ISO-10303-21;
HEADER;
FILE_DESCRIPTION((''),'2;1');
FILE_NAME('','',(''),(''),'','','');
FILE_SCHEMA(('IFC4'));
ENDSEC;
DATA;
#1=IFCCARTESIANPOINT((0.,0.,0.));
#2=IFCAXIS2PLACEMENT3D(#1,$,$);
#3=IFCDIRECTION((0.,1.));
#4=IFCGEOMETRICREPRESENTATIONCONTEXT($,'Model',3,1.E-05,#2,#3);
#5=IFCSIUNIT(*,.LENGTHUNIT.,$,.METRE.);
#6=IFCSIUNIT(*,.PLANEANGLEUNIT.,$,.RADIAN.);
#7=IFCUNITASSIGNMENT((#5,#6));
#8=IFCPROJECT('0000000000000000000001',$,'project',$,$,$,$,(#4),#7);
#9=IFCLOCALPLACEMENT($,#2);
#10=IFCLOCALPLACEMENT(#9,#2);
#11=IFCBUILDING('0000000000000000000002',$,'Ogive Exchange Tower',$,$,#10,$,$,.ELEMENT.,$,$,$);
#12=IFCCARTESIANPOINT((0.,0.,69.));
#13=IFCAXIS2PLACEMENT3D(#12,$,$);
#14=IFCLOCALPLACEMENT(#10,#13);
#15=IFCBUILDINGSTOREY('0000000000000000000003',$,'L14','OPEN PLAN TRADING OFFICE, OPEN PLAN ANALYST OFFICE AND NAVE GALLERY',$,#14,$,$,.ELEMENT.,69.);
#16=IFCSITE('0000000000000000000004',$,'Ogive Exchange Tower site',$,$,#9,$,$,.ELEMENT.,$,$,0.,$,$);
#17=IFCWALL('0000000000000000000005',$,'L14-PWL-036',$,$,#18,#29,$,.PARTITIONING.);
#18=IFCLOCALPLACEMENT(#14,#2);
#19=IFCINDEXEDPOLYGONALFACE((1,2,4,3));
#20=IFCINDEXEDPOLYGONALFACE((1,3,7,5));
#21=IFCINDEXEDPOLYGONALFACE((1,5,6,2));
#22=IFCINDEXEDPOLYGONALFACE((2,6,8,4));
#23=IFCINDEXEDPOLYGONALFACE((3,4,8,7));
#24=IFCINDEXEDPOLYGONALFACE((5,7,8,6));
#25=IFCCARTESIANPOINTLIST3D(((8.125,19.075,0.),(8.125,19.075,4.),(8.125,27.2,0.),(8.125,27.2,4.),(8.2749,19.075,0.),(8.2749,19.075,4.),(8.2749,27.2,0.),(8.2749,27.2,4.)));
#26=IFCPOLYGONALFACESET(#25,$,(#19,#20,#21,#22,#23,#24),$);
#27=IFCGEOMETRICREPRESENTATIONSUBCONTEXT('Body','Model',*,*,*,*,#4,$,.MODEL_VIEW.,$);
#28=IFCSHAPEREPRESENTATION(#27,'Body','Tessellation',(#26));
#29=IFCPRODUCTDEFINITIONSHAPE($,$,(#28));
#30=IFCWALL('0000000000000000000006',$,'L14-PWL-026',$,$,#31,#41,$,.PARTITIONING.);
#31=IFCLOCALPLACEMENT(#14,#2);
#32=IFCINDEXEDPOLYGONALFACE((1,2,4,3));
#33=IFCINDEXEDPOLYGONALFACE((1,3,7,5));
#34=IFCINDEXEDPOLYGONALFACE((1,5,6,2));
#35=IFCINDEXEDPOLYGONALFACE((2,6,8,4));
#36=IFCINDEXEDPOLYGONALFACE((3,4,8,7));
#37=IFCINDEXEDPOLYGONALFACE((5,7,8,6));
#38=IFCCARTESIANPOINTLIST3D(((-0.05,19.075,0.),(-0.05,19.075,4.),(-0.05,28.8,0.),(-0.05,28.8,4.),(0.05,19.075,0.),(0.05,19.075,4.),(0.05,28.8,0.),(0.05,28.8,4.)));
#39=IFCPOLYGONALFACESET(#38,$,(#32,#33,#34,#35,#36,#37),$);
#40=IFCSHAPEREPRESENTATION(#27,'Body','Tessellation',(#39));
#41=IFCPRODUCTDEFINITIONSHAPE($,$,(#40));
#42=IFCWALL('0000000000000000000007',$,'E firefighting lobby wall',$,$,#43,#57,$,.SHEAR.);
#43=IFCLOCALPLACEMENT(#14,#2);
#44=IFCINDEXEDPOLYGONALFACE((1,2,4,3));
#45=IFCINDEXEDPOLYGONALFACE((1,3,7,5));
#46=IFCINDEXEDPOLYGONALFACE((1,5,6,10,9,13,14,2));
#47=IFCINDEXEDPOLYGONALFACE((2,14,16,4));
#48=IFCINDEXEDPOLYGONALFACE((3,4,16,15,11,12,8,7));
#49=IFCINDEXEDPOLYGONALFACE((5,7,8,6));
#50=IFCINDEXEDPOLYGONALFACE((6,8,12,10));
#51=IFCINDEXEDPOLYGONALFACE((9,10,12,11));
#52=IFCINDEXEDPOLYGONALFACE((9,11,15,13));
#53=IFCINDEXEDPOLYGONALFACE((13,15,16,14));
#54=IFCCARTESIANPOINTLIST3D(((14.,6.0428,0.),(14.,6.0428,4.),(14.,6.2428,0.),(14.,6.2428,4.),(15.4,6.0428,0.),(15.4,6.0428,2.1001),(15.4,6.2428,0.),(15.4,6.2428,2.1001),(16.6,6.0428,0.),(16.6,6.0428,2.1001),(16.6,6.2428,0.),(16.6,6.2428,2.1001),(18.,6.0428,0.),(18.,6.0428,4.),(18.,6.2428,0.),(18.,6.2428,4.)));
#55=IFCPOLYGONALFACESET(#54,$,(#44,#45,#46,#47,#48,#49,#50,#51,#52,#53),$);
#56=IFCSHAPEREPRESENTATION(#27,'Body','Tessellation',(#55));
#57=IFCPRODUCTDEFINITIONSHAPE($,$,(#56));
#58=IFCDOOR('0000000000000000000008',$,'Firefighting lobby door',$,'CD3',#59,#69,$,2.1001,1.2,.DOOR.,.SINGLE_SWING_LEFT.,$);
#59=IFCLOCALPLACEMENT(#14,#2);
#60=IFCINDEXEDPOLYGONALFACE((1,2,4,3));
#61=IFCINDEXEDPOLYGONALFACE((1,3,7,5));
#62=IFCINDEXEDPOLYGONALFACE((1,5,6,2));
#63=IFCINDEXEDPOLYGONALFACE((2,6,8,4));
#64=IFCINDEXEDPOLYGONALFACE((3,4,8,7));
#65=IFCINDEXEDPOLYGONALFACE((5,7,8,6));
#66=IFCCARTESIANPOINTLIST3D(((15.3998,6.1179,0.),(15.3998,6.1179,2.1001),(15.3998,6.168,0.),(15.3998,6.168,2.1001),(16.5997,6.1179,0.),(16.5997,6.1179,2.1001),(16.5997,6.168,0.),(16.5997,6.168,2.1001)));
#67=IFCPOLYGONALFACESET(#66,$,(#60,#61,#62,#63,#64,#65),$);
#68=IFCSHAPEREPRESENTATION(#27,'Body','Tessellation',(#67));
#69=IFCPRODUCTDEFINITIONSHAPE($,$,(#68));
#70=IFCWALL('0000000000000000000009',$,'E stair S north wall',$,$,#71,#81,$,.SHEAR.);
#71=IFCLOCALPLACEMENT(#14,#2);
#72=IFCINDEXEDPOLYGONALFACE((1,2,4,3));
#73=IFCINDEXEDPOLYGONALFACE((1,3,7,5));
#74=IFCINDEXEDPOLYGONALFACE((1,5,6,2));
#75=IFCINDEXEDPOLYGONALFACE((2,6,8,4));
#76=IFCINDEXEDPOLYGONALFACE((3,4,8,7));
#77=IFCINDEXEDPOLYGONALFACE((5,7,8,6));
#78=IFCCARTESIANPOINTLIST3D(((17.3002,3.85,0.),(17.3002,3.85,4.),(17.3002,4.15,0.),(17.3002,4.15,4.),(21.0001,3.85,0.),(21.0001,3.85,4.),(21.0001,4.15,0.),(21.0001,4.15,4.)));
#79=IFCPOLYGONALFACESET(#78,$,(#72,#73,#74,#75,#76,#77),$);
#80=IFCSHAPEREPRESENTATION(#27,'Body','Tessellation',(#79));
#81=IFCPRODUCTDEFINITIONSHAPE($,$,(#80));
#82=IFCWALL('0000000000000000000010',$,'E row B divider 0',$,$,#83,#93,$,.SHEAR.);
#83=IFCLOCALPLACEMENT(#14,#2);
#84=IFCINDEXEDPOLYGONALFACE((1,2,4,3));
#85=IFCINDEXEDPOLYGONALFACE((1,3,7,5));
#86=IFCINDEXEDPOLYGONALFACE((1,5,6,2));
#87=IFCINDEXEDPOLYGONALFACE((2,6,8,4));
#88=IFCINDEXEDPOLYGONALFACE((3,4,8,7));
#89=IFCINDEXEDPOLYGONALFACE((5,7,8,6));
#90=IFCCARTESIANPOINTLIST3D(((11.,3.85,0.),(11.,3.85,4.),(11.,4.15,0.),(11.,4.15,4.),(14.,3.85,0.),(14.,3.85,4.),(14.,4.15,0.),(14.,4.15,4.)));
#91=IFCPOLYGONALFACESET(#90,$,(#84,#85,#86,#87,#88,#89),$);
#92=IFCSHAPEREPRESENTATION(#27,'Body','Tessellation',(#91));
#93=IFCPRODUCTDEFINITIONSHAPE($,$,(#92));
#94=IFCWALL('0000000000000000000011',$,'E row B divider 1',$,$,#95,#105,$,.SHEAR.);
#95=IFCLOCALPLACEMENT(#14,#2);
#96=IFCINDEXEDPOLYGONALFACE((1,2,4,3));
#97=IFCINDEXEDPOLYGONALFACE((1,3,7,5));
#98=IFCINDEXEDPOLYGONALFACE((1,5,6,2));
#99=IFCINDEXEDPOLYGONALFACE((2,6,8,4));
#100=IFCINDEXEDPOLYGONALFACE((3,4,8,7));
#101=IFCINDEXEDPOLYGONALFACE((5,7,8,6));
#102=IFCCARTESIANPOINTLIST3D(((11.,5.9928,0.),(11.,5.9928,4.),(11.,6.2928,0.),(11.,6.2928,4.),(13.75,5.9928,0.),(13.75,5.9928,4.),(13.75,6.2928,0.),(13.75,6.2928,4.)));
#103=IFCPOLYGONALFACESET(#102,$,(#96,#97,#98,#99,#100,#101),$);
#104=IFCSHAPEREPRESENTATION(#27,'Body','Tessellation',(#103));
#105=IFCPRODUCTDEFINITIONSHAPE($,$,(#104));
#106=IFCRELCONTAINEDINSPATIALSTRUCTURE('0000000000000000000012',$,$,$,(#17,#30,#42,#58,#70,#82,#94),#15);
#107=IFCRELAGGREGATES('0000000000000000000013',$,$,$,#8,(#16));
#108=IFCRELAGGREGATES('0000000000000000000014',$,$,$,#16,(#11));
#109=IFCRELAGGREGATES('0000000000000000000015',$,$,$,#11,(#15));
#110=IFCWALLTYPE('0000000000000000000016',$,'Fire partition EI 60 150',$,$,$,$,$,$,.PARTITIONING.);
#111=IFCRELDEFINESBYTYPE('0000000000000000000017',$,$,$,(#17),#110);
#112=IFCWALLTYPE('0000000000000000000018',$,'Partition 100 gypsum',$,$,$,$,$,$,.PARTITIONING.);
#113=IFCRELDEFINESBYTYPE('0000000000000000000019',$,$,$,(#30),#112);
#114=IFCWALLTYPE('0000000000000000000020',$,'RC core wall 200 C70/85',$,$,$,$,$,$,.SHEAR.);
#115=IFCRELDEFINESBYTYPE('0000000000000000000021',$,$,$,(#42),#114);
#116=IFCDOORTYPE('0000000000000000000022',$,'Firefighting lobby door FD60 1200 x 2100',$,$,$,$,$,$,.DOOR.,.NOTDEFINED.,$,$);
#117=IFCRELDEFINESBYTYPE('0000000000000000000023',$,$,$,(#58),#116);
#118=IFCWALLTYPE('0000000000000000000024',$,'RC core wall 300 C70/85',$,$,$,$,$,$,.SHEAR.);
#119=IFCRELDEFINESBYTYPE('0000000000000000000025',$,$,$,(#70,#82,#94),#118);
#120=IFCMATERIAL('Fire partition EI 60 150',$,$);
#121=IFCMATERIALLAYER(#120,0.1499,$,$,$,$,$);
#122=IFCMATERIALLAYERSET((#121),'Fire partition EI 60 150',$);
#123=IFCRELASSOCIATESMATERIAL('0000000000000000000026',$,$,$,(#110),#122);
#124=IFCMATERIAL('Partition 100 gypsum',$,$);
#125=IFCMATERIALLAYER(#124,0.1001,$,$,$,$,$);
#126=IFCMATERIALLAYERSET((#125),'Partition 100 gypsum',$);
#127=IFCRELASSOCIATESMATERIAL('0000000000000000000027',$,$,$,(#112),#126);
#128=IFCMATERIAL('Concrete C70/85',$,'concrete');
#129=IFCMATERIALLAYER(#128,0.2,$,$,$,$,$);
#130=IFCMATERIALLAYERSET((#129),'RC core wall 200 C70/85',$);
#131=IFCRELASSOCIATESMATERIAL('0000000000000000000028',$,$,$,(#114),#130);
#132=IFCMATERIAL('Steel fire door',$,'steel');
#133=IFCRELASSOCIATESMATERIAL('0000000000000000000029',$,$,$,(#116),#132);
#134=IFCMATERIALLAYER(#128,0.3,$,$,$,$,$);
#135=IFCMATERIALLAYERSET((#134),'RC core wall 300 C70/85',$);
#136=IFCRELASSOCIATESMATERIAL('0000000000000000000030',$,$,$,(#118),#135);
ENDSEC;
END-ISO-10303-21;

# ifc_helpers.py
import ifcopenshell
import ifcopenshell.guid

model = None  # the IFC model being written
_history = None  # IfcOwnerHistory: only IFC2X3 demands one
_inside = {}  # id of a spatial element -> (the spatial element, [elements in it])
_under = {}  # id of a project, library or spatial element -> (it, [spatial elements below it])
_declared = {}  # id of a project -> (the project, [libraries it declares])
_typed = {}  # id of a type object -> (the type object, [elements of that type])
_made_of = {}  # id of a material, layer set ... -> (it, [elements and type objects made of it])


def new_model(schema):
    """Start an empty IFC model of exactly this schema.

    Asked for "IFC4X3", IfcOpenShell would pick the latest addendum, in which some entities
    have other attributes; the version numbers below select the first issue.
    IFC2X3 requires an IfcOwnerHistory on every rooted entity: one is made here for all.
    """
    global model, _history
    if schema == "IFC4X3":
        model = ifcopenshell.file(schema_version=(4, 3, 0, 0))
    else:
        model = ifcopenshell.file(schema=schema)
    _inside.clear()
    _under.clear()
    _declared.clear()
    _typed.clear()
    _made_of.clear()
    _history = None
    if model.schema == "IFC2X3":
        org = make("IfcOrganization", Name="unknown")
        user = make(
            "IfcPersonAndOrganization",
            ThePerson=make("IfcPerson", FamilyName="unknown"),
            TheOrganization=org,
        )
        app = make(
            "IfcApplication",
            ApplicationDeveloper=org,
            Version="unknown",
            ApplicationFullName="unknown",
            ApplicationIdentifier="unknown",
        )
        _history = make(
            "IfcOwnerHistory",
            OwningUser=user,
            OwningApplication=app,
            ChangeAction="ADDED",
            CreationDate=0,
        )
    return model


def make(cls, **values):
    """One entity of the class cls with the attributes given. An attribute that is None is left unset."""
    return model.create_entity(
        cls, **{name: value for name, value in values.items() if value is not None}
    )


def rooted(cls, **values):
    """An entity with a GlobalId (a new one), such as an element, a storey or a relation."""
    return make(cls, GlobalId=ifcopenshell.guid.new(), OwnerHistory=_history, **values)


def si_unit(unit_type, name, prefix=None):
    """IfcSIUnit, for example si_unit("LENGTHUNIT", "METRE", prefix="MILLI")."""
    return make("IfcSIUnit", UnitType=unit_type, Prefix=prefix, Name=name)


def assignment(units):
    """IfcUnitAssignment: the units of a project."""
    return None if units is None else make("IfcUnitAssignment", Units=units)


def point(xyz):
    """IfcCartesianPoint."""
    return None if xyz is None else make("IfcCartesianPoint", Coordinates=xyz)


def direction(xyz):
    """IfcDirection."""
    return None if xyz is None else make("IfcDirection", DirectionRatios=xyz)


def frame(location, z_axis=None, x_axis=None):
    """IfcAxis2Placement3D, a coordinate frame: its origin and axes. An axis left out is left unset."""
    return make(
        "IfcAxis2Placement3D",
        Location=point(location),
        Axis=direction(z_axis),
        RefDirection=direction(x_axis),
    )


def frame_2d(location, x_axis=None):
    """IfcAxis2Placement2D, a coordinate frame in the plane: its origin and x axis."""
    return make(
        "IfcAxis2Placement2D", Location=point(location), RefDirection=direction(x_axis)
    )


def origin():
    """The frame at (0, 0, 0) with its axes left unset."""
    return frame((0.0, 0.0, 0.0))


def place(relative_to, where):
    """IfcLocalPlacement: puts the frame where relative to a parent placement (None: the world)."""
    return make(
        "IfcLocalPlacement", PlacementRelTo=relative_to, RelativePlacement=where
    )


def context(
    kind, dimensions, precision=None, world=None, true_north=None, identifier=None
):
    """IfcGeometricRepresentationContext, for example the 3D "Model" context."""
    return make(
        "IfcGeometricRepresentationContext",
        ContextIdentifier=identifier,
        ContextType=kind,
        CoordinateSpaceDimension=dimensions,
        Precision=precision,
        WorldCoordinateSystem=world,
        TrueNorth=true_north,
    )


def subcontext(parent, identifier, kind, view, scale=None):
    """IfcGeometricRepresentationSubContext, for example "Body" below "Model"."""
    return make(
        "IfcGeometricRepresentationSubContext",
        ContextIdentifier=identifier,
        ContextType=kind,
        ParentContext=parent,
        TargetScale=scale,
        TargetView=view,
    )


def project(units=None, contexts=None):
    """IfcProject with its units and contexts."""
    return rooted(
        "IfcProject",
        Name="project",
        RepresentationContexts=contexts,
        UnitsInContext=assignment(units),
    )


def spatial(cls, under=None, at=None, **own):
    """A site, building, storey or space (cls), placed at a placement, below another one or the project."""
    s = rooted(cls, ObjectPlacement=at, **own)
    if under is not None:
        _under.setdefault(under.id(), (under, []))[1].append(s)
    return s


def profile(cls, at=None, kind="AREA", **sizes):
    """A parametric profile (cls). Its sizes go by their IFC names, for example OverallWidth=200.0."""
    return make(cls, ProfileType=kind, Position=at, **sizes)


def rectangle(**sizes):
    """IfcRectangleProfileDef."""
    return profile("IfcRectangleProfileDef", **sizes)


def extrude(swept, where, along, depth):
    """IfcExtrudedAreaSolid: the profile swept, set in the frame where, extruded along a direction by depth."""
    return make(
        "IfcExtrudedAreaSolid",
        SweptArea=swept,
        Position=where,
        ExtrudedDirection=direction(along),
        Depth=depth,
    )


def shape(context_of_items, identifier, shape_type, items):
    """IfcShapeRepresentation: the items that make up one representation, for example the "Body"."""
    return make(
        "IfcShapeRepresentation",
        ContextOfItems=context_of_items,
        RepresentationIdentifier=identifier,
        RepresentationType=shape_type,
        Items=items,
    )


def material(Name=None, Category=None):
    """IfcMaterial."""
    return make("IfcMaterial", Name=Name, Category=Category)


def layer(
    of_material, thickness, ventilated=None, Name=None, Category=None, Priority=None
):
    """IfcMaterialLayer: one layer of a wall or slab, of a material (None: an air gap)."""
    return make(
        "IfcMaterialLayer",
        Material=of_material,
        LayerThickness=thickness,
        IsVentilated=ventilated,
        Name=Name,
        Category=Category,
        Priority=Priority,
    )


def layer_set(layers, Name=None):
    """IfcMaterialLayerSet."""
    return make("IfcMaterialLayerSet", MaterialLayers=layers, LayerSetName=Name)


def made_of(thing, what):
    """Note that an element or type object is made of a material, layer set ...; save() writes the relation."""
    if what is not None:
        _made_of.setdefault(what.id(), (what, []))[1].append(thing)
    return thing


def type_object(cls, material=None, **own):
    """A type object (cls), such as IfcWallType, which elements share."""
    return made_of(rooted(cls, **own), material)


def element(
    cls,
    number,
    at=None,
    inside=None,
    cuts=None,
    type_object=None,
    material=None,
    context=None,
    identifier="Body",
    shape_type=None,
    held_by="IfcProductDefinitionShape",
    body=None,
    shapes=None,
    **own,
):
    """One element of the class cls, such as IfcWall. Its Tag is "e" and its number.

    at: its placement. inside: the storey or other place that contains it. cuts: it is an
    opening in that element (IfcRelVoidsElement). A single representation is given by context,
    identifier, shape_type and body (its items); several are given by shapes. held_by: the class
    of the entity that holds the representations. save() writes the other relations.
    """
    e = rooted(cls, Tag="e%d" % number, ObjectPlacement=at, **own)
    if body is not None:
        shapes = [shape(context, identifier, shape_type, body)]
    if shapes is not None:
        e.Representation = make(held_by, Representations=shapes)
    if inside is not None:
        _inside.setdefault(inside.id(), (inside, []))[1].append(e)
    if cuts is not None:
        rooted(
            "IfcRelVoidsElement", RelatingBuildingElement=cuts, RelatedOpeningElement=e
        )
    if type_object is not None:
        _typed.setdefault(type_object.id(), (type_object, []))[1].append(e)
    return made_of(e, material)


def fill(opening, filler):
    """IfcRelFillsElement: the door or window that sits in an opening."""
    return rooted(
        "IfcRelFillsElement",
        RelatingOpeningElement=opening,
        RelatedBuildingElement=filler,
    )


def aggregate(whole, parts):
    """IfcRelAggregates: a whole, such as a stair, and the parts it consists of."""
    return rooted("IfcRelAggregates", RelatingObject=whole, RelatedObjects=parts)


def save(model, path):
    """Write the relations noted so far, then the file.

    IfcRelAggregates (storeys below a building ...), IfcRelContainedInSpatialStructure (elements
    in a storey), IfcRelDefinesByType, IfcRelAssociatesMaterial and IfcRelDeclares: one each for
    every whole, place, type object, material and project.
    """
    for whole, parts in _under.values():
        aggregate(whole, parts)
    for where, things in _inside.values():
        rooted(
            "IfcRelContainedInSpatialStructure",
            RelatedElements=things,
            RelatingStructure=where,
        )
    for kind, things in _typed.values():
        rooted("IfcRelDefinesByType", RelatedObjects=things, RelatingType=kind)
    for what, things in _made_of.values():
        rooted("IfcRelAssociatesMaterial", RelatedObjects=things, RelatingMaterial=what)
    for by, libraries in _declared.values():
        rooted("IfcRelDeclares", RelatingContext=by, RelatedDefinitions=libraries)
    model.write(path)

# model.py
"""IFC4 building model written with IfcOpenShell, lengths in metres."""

from ifc_helpers import new_model, si_unit, direction, frame, frame_2d, origin, place, context, subcontext, project, spatial, rectangle, extrude, material, layer, layer_set, type_object, element, fill, save


model = new_model("IFC4")

# Units and contexts
model_context = context("Model", 3, precision=1e-05, world=origin(), true_north=direction((0.0, 1.0)))
body_context = subcontext(model_context, "Body", "Model", "MODEL_VIEW")
ifc_project = project(units=[si_unit("LENGTHUNIT", "METRE"), si_unit("PLANEANGLEUNIT", "RADIAN")], contexts=[model_context])

# Site, building, storey
site_placement = place(None, origin())
site = spatial("IfcSite", under=ifc_project, at=site_placement, Name="Ogive Exchange Tower site", CompositionType="ELEMENT", RefElevation=0.0)
building_placement = place(site_placement, origin())
building = spatial("IfcBuilding", under=site, at=building_placement, Name="Ogive Exchange Tower", CompositionType="ELEMENT")
storey_placement = place(building_placement, frame((0.0, 0.0, 69.0)))
storey = spatial("IfcBuildingStorey", under=building, at=storey_placement, Name="L14", Description="OPEN PLAN TRADING OFFICE, OPEN PLAN ANALYST OFFICE AND NAVE GALLERY", CompositionType="ELEMENT", Elevation=69.0)

# Shared definitions
ifc_material_1 = material(Name="Fire partition EI 60 150")
ifc_layer_1 = layer(ifc_material_1, 0.1499)
ifc_layer_set_1 = layer_set([ifc_layer_1], Name="Fire partition EI 60 150")
wall_type_1 = type_object("IfcWallType", Name="Fire partition EI 60 150", PredefinedType="PARTITIONING", material=ifc_layer_set_1)

# Walls
wall_1_placement = place(storey_placement, frame((8.2, 19.075, 0.0), z_axis=(0.0, 0.0, 1.0), x_axis=(0.0, 1.0, 0.0)))
element("IfcWall", 1, at=wall_1_placement, inside=storey, type_object=wall_type_1, Name="L14-PWL-036", PredefinedType="PARTITIONING", context=body_context, shape_type="SweptSolid", body=[
    extrude(rectangle(XDim=8.125, YDim=0.1499, at=frame_2d((4.0625, 0.0))), origin(), (0.0, 0.0, 1.0), 4.0),
])
ifc_material_2 = material(Name="Partition 100 gypsum")
ifc_layer_2 = layer(ifc_material_2, 0.1001)
ifc_layer_set_2 = layer_set([ifc_layer_2], Name="Partition 100 gypsum")
wall_type_2 = type_object("IfcWallType", Name="Partition 100 gypsum", PredefinedType="PARTITIONING", material=ifc_layer_set_2)
wall_2_placement = place(storey_placement, frame((0.0, 19.075, 0.0), z_axis=(0.0, 0.0, 1.0), x_axis=(0.0, 1.0, 0.0)))
element("IfcWall", 2, at=wall_2_placement, inside=storey, type_object=wall_type_2, Name="L14-PWL-026", PredefinedType="PARTITIONING", context=body_context, shape_type="SweptSolid", body=[
    extrude(rectangle(XDim=9.7251, YDim=0.1001, at=frame_2d((4.8625, 0.0))), origin(), (0.0, 0.0, 1.0), 4.0),
])

# Wall, opening, door
ifc_material_3 = material(Name="Concrete C70/85", Category="concrete")
ifc_layer_3 = layer(ifc_material_3, 0.2)
ifc_layer_set_3 = layer_set([ifc_layer_3], Name="RC core wall 200 C70/85")
wall_type_3 = type_object("IfcWallType", Name="RC core wall 200 C70/85", PredefinedType="SHEAR", material=ifc_layer_set_3)
wall_3_placement = place(storey_placement, frame((14.0, 6.1428, 0.0), z_axis=(0.0, 0.0, 1.0), x_axis=(1.0, 0.0, 0.0)))
wall_3 = element("IfcWall", 3, at=wall_3_placement, inside=storey, type_object=wall_type_3, Name="E firefighting lobby wall", PredefinedType="SHEAR", context=body_context, shape_type="SweptSolid", body=[
    extrude(rectangle(XDim=4.0, YDim=0.2, at=frame_2d((2.0, 0.0))), origin(), (0.0, 0.0, 1.0), 4.0),
])
opening_1_placement = place(wall_3_placement, frame((1.3999, 0.0, 0.0)))
opening_1 = element("IfcOpeningElement", 4, at=opening_1_placement, cuts=wall_3, PredefinedType="OPENING", context=body_context, shape_type="SweptSolid", body=[
    extrude(rectangle(XDim=1.2, YDim=2.1001, at=frame_2d((0.6001, 1.05))), frame((0.0, 0.1099, 0.0), z_axis=(0.0, -1.0, 0.0), x_axis=(1.0, 0.0, 0.0)), (0.0, 0.0, 1.0), 0.22),
])
ifc_material_4 = material(Name="Steel fire door", Category="steel")
door_type_1 = type_object("IfcDoorType", Name="Firefighting lobby door FD60 1200 x 2100", OperationType="NOTDEFINED", PredefinedType="DOOR", material=ifc_material_4)
door_1_placement = place(opening_1_placement, frame((1.2, 0.0, 0.0), z_axis=(0.0, 0.0, 1.0), x_axis=(-1.0, 0.0, 0.0)))
door_1 = element("IfcDoor", 5, at=door_1_placement, inside=storey, type_object=door_type_1, Name="Firefighting lobby door", ObjectType="CD3", OperationType="SINGLE_SWING_LEFT", OverallHeight=2.1001, OverallWidth=1.2, PredefinedType="DOOR", context=body_context, shape_type="SweptSolid", body=[
    extrude(rectangle(XDim=1.2, YDim=2.1001, at=frame_2d((0.6001, 1.05))), frame((0.0, 0.0249, 0.0), z_axis=(0.0, -1.0, 0.0), x_axis=(1.0, 0.0, 0.0)), (0.0, 0.0, 1.0), 0.05),
])
fill(opening_1, door_1)

# Walls
ifc_layer_4 = layer(ifc_material_3, 0.3)
ifc_layer_set_4 = layer_set([ifc_layer_4], Name="RC core wall 300 C70/85")
wall_type_4 = type_object("IfcWallType", Name="RC core wall 300 C70/85", PredefinedType="SHEAR", material=ifc_layer_set_4)
wall_4_placement = place(storey_placement, frame((17.3, 4.0, 0.0), z_axis=(0.0, 0.0, 1.0), x_axis=(1.0, 0.0, 0.0)))
element("IfcWall", 6, at=wall_4_placement, inside=storey, type_object=wall_type_4, Name="E stair S north wall", PredefinedType="SHEAR", context=body_context, shape_type="SweptSolid", body=[
    extrude(rectangle(XDim=3.7, YDim=0.3, at=frame_2d((1.8501, 0.0))), origin(), (0.0, 0.0, 1.0), 4.0),
])
wall_5_placement = place(storey_placement, frame((11.0, 4.0, 0.0), z_axis=(0.0, 0.0, 1.0), x_axis=(1.0, 0.0, 0.0)))
element("IfcWall", 7, at=wall_5_placement, inside=storey, type_object=wall_type_4, Name="E row B divider 0", PredefinedType="SHEAR", context=body_context, shape_type="SweptSolid", body=[
    extrude(rectangle(XDim=3.0, YDim=0.3, at=frame_2d((1.5, 0.0))), origin(), (0.0, 0.0, 1.0), 4.0),
])
wall_6_placement = place(storey_placement, frame((11.0, 6.1428, 0.0), z_axis=(0.0, 0.0, 1.0), x_axis=(1.0, 0.0, 0.0)))
element("IfcWall", 8, at=wall_6_placement, inside=storey, type_object=wall_type_4, Name="E row B divider 1", PredefinedType="SHEAR", context=body_context, shape_type="SweptSolid", body=[
    extrude(rectangle(XDim=2.75, YDim=0.3, at=frame_2d((1.375, 0.0))), origin(), (0.0, 0.0, 1.0), 4.0),
])

save(model, "model.ifc")
